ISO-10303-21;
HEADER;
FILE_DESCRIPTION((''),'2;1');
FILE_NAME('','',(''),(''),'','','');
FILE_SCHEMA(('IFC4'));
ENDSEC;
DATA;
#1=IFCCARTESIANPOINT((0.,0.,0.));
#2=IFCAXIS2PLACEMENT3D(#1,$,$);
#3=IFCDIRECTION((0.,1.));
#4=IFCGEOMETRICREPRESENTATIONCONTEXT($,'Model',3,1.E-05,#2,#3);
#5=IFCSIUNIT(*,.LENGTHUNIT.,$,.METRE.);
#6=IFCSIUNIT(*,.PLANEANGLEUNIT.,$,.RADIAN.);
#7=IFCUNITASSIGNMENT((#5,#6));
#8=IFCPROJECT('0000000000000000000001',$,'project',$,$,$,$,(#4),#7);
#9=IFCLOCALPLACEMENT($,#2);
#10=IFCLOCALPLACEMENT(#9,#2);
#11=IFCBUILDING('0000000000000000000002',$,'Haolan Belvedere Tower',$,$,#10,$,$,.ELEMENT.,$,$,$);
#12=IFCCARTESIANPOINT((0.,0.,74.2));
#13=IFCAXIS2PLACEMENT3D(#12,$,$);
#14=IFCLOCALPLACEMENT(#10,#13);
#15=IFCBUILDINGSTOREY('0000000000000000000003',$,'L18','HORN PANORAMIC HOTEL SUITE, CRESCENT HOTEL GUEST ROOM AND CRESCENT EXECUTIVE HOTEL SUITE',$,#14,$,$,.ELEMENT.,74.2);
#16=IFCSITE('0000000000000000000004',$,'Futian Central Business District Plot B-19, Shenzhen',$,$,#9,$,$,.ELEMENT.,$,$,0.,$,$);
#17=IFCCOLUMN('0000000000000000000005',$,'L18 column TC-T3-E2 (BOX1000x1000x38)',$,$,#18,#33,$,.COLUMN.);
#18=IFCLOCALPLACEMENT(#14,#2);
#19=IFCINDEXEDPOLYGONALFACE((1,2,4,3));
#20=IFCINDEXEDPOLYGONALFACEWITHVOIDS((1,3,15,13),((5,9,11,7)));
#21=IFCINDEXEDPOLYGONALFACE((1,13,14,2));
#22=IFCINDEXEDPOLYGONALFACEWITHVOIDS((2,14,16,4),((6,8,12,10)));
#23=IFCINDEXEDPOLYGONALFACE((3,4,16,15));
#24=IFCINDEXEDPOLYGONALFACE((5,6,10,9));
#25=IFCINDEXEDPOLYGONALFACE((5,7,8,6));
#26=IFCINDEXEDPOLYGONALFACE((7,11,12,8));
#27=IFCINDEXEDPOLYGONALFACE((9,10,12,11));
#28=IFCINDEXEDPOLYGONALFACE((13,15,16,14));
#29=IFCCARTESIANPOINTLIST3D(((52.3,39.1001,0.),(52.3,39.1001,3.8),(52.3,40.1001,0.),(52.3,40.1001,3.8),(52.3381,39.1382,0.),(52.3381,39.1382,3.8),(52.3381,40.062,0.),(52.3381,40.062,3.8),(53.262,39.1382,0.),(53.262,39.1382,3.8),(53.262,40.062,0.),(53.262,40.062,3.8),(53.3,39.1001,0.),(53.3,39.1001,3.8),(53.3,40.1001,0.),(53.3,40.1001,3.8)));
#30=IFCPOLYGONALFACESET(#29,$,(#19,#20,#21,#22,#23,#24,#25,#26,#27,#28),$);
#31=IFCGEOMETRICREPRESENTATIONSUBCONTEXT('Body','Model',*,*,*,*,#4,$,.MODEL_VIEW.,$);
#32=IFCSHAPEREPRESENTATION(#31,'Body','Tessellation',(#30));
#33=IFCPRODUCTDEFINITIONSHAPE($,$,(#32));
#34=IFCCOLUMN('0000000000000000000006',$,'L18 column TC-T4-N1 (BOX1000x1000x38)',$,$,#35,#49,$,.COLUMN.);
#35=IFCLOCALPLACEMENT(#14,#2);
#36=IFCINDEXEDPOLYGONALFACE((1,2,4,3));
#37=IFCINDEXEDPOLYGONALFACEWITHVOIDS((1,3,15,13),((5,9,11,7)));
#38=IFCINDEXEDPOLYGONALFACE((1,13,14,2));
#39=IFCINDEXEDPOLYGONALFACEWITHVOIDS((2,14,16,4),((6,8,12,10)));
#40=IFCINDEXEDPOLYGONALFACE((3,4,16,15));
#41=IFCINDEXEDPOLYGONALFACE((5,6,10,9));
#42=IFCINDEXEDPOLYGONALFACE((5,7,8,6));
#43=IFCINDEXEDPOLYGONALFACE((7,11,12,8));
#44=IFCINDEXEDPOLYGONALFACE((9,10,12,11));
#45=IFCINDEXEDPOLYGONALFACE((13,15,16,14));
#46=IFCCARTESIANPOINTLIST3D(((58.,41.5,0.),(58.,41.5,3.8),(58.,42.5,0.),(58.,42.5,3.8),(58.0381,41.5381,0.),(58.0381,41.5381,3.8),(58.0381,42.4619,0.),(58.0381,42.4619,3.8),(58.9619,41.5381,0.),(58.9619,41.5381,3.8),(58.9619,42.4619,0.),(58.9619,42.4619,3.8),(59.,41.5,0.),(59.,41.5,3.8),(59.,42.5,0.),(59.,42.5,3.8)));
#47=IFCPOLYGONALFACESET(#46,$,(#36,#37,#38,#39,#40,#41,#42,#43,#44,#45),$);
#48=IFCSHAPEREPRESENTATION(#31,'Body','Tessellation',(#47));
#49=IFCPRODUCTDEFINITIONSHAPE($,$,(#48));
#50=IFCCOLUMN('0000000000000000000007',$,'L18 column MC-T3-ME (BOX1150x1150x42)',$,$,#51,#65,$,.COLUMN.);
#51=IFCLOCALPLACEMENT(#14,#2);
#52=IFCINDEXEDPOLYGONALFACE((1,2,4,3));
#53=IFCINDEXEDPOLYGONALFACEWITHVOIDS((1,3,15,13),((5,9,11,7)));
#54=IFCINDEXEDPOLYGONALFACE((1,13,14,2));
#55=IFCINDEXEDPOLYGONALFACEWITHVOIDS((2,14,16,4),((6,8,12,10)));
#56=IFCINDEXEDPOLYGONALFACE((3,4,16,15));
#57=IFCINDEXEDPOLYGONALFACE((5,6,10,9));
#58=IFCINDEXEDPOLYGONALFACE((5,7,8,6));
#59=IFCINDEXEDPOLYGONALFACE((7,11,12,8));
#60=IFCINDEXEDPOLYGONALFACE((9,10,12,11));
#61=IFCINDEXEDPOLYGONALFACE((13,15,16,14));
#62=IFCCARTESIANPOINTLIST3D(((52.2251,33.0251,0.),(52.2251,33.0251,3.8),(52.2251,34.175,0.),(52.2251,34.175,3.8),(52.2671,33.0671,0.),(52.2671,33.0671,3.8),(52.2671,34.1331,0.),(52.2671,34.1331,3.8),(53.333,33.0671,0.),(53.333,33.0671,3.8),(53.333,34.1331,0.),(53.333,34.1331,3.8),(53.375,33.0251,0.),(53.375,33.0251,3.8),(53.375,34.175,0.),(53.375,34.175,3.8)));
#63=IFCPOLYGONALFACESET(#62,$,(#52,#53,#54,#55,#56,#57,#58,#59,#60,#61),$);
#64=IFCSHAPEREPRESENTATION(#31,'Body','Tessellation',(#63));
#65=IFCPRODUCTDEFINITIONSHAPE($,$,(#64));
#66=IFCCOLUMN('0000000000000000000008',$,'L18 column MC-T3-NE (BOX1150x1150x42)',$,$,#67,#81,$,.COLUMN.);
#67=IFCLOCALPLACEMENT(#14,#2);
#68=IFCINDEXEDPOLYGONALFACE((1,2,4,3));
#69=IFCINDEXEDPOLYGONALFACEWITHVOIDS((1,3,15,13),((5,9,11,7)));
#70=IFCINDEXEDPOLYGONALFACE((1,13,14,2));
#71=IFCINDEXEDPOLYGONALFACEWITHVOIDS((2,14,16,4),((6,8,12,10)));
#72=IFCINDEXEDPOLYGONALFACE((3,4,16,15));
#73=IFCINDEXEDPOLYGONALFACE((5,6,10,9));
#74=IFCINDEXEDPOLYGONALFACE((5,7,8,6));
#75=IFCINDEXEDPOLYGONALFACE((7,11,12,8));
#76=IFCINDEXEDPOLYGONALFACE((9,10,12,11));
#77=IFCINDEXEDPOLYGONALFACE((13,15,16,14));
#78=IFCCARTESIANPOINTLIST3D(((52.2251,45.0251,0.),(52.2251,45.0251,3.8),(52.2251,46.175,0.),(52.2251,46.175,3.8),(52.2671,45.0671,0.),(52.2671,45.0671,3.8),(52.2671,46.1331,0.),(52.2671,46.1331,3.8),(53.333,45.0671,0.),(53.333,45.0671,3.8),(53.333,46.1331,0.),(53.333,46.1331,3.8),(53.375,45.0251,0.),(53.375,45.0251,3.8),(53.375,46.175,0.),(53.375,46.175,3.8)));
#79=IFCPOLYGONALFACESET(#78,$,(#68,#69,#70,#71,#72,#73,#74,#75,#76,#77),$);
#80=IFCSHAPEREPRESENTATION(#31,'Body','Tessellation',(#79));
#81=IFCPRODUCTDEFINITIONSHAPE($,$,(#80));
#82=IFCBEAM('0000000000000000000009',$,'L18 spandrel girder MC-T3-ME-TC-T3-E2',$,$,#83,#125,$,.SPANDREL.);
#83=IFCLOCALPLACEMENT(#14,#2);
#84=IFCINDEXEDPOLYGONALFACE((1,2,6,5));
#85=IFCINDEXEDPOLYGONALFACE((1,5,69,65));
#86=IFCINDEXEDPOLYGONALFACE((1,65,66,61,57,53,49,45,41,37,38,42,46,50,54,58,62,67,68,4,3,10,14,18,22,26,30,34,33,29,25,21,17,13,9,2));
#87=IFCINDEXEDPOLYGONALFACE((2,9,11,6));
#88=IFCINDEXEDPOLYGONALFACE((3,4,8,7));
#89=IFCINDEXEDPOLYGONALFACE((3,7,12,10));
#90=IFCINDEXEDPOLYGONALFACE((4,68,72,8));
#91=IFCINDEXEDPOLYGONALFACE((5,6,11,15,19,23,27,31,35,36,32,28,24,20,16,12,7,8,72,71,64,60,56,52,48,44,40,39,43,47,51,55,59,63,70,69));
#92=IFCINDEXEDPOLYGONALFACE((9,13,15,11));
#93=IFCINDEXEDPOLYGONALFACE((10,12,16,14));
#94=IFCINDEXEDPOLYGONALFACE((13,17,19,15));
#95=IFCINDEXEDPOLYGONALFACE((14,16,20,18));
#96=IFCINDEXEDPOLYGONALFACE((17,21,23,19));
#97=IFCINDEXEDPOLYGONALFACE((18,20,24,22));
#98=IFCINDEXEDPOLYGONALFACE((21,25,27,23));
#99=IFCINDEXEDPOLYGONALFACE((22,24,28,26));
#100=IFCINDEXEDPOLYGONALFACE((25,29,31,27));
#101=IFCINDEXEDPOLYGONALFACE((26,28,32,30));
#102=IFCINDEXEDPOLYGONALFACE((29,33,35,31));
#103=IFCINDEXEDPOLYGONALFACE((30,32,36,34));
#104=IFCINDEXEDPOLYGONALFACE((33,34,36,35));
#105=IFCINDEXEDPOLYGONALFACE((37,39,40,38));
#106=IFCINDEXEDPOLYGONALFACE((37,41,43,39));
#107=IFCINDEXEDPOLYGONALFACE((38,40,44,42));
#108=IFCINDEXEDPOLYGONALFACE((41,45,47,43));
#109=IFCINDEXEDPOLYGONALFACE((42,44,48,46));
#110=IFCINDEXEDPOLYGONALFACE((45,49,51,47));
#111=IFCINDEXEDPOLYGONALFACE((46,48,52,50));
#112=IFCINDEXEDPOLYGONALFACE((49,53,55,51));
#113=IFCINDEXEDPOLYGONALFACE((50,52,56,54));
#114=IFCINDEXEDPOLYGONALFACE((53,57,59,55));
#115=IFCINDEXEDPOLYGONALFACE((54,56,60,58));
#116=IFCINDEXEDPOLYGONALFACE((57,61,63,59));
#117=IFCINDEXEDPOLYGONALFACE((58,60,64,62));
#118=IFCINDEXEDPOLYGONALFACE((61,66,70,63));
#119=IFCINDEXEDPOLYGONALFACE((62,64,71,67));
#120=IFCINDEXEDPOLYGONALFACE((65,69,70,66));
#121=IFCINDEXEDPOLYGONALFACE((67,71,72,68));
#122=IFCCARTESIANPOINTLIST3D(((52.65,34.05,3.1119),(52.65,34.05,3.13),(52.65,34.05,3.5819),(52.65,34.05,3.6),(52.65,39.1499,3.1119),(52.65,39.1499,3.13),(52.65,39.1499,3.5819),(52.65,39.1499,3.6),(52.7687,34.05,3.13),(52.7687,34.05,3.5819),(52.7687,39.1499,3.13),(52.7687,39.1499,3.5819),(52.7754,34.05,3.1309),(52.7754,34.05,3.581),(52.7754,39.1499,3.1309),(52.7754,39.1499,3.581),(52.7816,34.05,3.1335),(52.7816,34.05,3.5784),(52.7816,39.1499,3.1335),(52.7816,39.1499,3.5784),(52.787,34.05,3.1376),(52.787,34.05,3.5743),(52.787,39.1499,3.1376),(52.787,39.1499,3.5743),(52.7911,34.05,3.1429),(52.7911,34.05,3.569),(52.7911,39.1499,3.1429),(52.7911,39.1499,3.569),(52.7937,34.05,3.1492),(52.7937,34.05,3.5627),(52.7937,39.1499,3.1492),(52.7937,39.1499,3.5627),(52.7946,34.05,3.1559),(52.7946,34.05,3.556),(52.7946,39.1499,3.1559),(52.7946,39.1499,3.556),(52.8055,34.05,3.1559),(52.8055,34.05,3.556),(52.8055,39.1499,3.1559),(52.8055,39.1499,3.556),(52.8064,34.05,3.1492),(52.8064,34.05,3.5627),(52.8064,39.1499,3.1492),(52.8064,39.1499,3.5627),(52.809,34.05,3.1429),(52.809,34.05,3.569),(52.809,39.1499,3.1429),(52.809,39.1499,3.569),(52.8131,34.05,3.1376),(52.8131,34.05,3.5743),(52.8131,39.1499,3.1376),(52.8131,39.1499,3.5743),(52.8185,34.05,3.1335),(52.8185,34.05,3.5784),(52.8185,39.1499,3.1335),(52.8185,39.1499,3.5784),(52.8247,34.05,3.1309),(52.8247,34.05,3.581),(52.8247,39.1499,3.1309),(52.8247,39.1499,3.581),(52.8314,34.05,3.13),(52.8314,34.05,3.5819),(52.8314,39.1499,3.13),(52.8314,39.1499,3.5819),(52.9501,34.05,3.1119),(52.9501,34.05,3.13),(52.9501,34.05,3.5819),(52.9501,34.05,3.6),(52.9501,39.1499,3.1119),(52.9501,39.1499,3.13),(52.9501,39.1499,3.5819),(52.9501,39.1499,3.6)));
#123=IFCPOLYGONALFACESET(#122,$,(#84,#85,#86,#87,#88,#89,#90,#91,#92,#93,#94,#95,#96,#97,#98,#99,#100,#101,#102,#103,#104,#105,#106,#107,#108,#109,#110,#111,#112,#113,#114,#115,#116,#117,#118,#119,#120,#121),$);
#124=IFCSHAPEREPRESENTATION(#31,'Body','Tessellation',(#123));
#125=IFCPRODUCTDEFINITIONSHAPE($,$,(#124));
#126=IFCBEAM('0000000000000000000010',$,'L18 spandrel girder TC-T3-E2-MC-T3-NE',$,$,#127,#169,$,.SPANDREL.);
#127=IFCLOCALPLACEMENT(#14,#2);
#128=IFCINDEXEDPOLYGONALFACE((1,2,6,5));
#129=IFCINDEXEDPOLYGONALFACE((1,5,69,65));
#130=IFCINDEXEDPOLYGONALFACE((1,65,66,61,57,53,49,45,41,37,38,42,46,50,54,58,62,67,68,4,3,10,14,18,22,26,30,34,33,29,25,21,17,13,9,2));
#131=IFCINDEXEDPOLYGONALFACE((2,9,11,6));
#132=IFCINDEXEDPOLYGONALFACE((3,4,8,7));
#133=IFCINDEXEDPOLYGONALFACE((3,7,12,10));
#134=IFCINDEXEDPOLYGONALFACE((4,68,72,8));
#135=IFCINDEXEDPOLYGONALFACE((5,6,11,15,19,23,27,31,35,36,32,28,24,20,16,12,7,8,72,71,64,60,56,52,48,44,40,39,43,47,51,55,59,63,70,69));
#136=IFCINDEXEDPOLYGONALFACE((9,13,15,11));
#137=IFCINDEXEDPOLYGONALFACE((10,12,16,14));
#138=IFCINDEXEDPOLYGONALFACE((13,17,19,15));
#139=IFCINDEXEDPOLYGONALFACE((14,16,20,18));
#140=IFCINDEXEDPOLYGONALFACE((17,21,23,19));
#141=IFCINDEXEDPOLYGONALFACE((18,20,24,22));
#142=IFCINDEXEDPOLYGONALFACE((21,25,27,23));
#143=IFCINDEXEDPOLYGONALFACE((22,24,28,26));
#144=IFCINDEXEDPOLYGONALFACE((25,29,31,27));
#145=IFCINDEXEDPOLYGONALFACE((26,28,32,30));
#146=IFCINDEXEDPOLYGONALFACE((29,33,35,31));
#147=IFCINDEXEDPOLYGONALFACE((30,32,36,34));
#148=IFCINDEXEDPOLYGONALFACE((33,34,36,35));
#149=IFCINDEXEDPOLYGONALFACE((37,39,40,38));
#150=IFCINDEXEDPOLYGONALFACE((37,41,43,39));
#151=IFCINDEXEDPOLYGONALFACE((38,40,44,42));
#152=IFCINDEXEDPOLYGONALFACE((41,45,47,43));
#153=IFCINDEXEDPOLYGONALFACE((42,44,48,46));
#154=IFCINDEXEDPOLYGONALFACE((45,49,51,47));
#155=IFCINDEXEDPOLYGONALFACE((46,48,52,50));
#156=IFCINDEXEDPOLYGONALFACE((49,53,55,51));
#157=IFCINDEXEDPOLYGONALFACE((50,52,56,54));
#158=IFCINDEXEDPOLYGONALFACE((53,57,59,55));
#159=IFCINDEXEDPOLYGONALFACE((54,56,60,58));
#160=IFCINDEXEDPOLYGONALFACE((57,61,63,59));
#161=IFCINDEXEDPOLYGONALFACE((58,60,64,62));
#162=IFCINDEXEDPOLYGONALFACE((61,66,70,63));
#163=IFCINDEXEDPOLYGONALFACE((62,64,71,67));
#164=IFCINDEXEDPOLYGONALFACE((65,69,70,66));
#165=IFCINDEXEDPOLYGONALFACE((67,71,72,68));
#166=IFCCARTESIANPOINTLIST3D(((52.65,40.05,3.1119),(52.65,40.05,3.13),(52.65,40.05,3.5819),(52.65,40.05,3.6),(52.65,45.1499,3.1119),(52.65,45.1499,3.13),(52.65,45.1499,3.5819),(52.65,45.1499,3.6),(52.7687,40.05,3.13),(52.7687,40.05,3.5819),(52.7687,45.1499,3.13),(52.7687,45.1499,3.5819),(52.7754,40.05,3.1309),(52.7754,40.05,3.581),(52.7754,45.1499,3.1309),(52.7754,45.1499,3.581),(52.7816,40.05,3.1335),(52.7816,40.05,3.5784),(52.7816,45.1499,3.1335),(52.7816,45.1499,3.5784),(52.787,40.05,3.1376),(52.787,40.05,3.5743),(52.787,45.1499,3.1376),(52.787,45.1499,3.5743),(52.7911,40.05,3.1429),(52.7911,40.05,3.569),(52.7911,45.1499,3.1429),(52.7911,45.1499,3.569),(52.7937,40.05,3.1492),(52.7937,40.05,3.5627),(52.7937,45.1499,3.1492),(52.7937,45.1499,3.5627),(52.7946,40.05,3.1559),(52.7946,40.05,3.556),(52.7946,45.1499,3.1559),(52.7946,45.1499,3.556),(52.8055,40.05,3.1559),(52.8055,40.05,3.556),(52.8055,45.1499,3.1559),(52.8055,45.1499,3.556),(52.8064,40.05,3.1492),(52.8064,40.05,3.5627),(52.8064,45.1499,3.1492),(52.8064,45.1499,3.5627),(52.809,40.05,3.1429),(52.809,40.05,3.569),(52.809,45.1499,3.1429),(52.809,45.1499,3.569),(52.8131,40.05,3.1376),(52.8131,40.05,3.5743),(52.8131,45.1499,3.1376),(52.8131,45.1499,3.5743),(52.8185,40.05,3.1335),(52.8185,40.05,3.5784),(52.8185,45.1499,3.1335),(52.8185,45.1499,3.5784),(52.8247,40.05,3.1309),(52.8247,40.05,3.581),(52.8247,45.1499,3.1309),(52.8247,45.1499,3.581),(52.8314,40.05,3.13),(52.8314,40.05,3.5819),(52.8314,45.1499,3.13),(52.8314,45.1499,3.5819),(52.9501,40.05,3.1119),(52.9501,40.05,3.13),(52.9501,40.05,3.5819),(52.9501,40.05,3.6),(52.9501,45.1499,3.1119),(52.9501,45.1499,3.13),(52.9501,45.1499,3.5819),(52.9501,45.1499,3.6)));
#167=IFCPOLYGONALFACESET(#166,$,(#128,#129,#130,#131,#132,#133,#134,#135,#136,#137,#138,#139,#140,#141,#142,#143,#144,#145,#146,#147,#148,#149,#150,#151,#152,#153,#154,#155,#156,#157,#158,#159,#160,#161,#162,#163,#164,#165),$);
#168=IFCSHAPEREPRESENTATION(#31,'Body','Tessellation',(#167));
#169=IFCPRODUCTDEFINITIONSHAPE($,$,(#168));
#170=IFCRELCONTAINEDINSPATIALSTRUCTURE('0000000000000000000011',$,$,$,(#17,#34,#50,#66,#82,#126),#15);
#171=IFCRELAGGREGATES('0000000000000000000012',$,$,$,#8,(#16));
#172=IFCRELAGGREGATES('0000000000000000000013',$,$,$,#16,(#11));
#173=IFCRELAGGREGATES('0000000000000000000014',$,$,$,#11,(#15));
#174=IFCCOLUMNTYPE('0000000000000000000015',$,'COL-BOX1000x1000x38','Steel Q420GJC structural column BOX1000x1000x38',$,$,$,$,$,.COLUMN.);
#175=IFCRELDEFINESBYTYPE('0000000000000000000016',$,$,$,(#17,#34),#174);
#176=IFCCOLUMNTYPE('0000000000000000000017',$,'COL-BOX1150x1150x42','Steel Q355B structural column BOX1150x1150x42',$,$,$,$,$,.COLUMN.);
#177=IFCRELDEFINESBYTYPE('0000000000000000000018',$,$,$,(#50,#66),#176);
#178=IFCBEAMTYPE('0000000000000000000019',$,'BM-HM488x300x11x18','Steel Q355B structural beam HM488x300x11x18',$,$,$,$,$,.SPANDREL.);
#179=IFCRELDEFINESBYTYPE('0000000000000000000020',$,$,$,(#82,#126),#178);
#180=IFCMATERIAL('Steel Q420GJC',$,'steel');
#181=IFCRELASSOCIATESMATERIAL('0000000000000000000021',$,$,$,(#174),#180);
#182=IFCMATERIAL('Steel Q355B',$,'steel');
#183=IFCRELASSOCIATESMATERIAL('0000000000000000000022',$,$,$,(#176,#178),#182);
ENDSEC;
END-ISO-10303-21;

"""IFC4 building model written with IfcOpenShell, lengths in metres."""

from ifc_helpers import new_model, si_unit, direction, frame, origin, origin_2d, place, context, subcontext, project, spatial, hollow_rectangle, i_section, extrude, material, material_profile, profile_set, type_object, element, save


model = new_model("IFC4")

# Units and contexts
model_context = context("Model", 3, precision=1e-05, world=origin(), true_north=direction((0.0, 1.0)))
body_context = subcontext(model_context, "Body", "Model", "MODEL_VIEW")
ifc_project = project(units=[si_unit("LENGTHUNIT", "METRE"), si_unit("PLANEANGLEUNIT", "RADIAN")], contexts=[model_context])

# Site, building, storey
site_placement = place(None, origin())
site = spatial("IfcSite", under=ifc_project, at=site_placement, Name="Futian Central Business District Plot B-19, Shenzhen", CompositionType="ELEMENT", RefElevation=0.0)
building_placement = place(site_placement, origin())
building = spatial("IfcBuilding", under=site, at=building_placement, Name="Haolan Belvedere Tower", CompositionType="ELEMENT")
storey_placement = place(building_placement, frame((0.0, 0.0, 74.2)))
storey = spatial("IfcBuildingStorey", under=building, at=storey_placement, Name="L18", Description="HORN PANORAMIC HOTEL SUITE, CRESCENT HOTEL GUEST ROOM AND CRESCENT EXECUTIVE HOTEL SUITE", CompositionType="ELEMENT", Elevation=74.2)

# Columns
ifc_material_1 = material(Name="Steel Q420GJC", Category="steel")
ifc_material_profile_1 = material_profile(ifc_material_1, hollow_rectangle(XDim=1.0, YDim=1.0, WallThickness=0.0381, at=origin_2d()), Name="Steel Q420GJC")
ifc_profile_set_1 = profile_set([ifc_material_profile_1], Name="Steel Q420GJC")
column_type_1 = type_object("IfcColumnType", Name="COL-BOX1000x1000x38", Description="Steel Q420GJC structural column BOX1000x1000x38", PredefinedType="COLUMN", material=ifc_profile_set_1)
for number, where, z_axis, x_axis, name in (
    (1, (52.8, 39.6001, 0.0), (0.0, 0.0, 1.0), (1.0, 0.0, 0.0), "L18 column TC-T3-E2 (BOX1000x1000x38)"),
    (2, (58.5, 42.0, 0.0), (0.0, 0.0, 1.0), (1.0, 0.0, 0.0), "L18 column TC-T4-N1 (BOX1000x1000x38)"),
):
    element("IfcColumn", number, at=place(storey_placement, frame(where, z_axis=z_axis, x_axis=x_axis)), inside=storey, type_object=column_type_1, Name=name, PredefinedType="COLUMN", context=body_context, shape_type="SweptSolid", body=[
        extrude(hollow_rectangle(XDim=1.0, YDim=1.0, WallThickness=0.0381, at=origin_2d()), origin(), (0.0, 0.0, 1.0), 3.8),
    ])
ifc_material_2 = material(Name="Steel Q355B", Category="steel")
ifc_material_profile_2 = material_profile(ifc_material_2, hollow_rectangle(XDim=1.1499, YDim=1.1499, WallThickness=0.042, at=origin_2d()), Name="Steel Q355B")
ifc_profile_set_2 = profile_set([ifc_material_profile_2], Name="Steel Q355B")
column_type_2 = type_object("IfcColumnType", Name="COL-BOX1150x1150x42", Description="Steel Q355B structural column BOX1150x1150x42", PredefinedType="COLUMN", material=ifc_profile_set_2)
for number, where, z_axis, x_axis, name in (
    (3, (52.8, 33.6001, 0.0), (0.0, 0.0, 1.0), (1.0, 0.0, 0.0), "L18 column MC-T3-ME (BOX1150x1150x42)"),
    (4, (52.8, 45.6001, 0.0), (0.0, 0.0, 1.0), (1.0, 0.0, 0.0), "L18 column MC-T3-NE (BOX1150x1150x42)"),
):
    element("IfcColumn", number, at=place(storey_placement, frame(where, z_axis=z_axis, x_axis=x_axis)), inside=storey, type_object=column_type_2, Name=name, PredefinedType="COLUMN", context=body_context, shape_type="SweptSolid", body=[
        extrude(hollow_rectangle(XDim=1.1499, YDim=1.1499, WallThickness=0.042, at=origin_2d()), origin(), (0.0, 0.0, 1.0), 3.8),
    ])

# Beams
ifc_material_profile_3 = material_profile(ifc_material_2, i_section(OverallWidth=0.3, OverallDepth=0.488, WebThickness=0.011, FlangeThickness=0.0181, FilletRadius=0.0259, at=origin_2d()), Name="Steel Q355B")
ifc_profile_set_3 = profile_set([ifc_material_profile_3], Name="Steel Q355B")
beam_type_1 = type_object("IfcBeamType", Name="BM-HM488x300x11x18", Description="Steel Q355B structural beam HM488x300x11x18", PredefinedType="SPANDREL", material=ifc_profile_set_3)
for number, where, z_axis, x_axis, name in (
    (5, (52.8, 34.05, 3.356), (0.0, 1.0, 0.0), (-1.0, 0.0, 0.0), "L18 spandrel girder MC-T3-ME-TC-T3-E2"),
    (6, (52.8, 40.05, 3.356), (0.0, 1.0, 0.0), (-1.0, 0.0, 0.0), "L18 spandrel girder TC-T3-E2-MC-T3-NE"),
):
    element("IfcBeam", number, at=place(storey_placement, frame(where, z_axis=z_axis, x_axis=x_axis)), inside=storey, type_object=beam_type_1, Name=name, PredefinedType="SPANDREL", context=body_context, shape_type="SweptSolid", body=[
        extrude(i_section(OverallWidth=0.3, OverallDepth=0.488, WebThickness=0.011, FlangeThickness=0.0181, FilletRadius=0.0259, at=origin_2d()), origin(), (0.0, 0.0, 1.0), 5.0999),
    ])

save(model, "model.ifc")
